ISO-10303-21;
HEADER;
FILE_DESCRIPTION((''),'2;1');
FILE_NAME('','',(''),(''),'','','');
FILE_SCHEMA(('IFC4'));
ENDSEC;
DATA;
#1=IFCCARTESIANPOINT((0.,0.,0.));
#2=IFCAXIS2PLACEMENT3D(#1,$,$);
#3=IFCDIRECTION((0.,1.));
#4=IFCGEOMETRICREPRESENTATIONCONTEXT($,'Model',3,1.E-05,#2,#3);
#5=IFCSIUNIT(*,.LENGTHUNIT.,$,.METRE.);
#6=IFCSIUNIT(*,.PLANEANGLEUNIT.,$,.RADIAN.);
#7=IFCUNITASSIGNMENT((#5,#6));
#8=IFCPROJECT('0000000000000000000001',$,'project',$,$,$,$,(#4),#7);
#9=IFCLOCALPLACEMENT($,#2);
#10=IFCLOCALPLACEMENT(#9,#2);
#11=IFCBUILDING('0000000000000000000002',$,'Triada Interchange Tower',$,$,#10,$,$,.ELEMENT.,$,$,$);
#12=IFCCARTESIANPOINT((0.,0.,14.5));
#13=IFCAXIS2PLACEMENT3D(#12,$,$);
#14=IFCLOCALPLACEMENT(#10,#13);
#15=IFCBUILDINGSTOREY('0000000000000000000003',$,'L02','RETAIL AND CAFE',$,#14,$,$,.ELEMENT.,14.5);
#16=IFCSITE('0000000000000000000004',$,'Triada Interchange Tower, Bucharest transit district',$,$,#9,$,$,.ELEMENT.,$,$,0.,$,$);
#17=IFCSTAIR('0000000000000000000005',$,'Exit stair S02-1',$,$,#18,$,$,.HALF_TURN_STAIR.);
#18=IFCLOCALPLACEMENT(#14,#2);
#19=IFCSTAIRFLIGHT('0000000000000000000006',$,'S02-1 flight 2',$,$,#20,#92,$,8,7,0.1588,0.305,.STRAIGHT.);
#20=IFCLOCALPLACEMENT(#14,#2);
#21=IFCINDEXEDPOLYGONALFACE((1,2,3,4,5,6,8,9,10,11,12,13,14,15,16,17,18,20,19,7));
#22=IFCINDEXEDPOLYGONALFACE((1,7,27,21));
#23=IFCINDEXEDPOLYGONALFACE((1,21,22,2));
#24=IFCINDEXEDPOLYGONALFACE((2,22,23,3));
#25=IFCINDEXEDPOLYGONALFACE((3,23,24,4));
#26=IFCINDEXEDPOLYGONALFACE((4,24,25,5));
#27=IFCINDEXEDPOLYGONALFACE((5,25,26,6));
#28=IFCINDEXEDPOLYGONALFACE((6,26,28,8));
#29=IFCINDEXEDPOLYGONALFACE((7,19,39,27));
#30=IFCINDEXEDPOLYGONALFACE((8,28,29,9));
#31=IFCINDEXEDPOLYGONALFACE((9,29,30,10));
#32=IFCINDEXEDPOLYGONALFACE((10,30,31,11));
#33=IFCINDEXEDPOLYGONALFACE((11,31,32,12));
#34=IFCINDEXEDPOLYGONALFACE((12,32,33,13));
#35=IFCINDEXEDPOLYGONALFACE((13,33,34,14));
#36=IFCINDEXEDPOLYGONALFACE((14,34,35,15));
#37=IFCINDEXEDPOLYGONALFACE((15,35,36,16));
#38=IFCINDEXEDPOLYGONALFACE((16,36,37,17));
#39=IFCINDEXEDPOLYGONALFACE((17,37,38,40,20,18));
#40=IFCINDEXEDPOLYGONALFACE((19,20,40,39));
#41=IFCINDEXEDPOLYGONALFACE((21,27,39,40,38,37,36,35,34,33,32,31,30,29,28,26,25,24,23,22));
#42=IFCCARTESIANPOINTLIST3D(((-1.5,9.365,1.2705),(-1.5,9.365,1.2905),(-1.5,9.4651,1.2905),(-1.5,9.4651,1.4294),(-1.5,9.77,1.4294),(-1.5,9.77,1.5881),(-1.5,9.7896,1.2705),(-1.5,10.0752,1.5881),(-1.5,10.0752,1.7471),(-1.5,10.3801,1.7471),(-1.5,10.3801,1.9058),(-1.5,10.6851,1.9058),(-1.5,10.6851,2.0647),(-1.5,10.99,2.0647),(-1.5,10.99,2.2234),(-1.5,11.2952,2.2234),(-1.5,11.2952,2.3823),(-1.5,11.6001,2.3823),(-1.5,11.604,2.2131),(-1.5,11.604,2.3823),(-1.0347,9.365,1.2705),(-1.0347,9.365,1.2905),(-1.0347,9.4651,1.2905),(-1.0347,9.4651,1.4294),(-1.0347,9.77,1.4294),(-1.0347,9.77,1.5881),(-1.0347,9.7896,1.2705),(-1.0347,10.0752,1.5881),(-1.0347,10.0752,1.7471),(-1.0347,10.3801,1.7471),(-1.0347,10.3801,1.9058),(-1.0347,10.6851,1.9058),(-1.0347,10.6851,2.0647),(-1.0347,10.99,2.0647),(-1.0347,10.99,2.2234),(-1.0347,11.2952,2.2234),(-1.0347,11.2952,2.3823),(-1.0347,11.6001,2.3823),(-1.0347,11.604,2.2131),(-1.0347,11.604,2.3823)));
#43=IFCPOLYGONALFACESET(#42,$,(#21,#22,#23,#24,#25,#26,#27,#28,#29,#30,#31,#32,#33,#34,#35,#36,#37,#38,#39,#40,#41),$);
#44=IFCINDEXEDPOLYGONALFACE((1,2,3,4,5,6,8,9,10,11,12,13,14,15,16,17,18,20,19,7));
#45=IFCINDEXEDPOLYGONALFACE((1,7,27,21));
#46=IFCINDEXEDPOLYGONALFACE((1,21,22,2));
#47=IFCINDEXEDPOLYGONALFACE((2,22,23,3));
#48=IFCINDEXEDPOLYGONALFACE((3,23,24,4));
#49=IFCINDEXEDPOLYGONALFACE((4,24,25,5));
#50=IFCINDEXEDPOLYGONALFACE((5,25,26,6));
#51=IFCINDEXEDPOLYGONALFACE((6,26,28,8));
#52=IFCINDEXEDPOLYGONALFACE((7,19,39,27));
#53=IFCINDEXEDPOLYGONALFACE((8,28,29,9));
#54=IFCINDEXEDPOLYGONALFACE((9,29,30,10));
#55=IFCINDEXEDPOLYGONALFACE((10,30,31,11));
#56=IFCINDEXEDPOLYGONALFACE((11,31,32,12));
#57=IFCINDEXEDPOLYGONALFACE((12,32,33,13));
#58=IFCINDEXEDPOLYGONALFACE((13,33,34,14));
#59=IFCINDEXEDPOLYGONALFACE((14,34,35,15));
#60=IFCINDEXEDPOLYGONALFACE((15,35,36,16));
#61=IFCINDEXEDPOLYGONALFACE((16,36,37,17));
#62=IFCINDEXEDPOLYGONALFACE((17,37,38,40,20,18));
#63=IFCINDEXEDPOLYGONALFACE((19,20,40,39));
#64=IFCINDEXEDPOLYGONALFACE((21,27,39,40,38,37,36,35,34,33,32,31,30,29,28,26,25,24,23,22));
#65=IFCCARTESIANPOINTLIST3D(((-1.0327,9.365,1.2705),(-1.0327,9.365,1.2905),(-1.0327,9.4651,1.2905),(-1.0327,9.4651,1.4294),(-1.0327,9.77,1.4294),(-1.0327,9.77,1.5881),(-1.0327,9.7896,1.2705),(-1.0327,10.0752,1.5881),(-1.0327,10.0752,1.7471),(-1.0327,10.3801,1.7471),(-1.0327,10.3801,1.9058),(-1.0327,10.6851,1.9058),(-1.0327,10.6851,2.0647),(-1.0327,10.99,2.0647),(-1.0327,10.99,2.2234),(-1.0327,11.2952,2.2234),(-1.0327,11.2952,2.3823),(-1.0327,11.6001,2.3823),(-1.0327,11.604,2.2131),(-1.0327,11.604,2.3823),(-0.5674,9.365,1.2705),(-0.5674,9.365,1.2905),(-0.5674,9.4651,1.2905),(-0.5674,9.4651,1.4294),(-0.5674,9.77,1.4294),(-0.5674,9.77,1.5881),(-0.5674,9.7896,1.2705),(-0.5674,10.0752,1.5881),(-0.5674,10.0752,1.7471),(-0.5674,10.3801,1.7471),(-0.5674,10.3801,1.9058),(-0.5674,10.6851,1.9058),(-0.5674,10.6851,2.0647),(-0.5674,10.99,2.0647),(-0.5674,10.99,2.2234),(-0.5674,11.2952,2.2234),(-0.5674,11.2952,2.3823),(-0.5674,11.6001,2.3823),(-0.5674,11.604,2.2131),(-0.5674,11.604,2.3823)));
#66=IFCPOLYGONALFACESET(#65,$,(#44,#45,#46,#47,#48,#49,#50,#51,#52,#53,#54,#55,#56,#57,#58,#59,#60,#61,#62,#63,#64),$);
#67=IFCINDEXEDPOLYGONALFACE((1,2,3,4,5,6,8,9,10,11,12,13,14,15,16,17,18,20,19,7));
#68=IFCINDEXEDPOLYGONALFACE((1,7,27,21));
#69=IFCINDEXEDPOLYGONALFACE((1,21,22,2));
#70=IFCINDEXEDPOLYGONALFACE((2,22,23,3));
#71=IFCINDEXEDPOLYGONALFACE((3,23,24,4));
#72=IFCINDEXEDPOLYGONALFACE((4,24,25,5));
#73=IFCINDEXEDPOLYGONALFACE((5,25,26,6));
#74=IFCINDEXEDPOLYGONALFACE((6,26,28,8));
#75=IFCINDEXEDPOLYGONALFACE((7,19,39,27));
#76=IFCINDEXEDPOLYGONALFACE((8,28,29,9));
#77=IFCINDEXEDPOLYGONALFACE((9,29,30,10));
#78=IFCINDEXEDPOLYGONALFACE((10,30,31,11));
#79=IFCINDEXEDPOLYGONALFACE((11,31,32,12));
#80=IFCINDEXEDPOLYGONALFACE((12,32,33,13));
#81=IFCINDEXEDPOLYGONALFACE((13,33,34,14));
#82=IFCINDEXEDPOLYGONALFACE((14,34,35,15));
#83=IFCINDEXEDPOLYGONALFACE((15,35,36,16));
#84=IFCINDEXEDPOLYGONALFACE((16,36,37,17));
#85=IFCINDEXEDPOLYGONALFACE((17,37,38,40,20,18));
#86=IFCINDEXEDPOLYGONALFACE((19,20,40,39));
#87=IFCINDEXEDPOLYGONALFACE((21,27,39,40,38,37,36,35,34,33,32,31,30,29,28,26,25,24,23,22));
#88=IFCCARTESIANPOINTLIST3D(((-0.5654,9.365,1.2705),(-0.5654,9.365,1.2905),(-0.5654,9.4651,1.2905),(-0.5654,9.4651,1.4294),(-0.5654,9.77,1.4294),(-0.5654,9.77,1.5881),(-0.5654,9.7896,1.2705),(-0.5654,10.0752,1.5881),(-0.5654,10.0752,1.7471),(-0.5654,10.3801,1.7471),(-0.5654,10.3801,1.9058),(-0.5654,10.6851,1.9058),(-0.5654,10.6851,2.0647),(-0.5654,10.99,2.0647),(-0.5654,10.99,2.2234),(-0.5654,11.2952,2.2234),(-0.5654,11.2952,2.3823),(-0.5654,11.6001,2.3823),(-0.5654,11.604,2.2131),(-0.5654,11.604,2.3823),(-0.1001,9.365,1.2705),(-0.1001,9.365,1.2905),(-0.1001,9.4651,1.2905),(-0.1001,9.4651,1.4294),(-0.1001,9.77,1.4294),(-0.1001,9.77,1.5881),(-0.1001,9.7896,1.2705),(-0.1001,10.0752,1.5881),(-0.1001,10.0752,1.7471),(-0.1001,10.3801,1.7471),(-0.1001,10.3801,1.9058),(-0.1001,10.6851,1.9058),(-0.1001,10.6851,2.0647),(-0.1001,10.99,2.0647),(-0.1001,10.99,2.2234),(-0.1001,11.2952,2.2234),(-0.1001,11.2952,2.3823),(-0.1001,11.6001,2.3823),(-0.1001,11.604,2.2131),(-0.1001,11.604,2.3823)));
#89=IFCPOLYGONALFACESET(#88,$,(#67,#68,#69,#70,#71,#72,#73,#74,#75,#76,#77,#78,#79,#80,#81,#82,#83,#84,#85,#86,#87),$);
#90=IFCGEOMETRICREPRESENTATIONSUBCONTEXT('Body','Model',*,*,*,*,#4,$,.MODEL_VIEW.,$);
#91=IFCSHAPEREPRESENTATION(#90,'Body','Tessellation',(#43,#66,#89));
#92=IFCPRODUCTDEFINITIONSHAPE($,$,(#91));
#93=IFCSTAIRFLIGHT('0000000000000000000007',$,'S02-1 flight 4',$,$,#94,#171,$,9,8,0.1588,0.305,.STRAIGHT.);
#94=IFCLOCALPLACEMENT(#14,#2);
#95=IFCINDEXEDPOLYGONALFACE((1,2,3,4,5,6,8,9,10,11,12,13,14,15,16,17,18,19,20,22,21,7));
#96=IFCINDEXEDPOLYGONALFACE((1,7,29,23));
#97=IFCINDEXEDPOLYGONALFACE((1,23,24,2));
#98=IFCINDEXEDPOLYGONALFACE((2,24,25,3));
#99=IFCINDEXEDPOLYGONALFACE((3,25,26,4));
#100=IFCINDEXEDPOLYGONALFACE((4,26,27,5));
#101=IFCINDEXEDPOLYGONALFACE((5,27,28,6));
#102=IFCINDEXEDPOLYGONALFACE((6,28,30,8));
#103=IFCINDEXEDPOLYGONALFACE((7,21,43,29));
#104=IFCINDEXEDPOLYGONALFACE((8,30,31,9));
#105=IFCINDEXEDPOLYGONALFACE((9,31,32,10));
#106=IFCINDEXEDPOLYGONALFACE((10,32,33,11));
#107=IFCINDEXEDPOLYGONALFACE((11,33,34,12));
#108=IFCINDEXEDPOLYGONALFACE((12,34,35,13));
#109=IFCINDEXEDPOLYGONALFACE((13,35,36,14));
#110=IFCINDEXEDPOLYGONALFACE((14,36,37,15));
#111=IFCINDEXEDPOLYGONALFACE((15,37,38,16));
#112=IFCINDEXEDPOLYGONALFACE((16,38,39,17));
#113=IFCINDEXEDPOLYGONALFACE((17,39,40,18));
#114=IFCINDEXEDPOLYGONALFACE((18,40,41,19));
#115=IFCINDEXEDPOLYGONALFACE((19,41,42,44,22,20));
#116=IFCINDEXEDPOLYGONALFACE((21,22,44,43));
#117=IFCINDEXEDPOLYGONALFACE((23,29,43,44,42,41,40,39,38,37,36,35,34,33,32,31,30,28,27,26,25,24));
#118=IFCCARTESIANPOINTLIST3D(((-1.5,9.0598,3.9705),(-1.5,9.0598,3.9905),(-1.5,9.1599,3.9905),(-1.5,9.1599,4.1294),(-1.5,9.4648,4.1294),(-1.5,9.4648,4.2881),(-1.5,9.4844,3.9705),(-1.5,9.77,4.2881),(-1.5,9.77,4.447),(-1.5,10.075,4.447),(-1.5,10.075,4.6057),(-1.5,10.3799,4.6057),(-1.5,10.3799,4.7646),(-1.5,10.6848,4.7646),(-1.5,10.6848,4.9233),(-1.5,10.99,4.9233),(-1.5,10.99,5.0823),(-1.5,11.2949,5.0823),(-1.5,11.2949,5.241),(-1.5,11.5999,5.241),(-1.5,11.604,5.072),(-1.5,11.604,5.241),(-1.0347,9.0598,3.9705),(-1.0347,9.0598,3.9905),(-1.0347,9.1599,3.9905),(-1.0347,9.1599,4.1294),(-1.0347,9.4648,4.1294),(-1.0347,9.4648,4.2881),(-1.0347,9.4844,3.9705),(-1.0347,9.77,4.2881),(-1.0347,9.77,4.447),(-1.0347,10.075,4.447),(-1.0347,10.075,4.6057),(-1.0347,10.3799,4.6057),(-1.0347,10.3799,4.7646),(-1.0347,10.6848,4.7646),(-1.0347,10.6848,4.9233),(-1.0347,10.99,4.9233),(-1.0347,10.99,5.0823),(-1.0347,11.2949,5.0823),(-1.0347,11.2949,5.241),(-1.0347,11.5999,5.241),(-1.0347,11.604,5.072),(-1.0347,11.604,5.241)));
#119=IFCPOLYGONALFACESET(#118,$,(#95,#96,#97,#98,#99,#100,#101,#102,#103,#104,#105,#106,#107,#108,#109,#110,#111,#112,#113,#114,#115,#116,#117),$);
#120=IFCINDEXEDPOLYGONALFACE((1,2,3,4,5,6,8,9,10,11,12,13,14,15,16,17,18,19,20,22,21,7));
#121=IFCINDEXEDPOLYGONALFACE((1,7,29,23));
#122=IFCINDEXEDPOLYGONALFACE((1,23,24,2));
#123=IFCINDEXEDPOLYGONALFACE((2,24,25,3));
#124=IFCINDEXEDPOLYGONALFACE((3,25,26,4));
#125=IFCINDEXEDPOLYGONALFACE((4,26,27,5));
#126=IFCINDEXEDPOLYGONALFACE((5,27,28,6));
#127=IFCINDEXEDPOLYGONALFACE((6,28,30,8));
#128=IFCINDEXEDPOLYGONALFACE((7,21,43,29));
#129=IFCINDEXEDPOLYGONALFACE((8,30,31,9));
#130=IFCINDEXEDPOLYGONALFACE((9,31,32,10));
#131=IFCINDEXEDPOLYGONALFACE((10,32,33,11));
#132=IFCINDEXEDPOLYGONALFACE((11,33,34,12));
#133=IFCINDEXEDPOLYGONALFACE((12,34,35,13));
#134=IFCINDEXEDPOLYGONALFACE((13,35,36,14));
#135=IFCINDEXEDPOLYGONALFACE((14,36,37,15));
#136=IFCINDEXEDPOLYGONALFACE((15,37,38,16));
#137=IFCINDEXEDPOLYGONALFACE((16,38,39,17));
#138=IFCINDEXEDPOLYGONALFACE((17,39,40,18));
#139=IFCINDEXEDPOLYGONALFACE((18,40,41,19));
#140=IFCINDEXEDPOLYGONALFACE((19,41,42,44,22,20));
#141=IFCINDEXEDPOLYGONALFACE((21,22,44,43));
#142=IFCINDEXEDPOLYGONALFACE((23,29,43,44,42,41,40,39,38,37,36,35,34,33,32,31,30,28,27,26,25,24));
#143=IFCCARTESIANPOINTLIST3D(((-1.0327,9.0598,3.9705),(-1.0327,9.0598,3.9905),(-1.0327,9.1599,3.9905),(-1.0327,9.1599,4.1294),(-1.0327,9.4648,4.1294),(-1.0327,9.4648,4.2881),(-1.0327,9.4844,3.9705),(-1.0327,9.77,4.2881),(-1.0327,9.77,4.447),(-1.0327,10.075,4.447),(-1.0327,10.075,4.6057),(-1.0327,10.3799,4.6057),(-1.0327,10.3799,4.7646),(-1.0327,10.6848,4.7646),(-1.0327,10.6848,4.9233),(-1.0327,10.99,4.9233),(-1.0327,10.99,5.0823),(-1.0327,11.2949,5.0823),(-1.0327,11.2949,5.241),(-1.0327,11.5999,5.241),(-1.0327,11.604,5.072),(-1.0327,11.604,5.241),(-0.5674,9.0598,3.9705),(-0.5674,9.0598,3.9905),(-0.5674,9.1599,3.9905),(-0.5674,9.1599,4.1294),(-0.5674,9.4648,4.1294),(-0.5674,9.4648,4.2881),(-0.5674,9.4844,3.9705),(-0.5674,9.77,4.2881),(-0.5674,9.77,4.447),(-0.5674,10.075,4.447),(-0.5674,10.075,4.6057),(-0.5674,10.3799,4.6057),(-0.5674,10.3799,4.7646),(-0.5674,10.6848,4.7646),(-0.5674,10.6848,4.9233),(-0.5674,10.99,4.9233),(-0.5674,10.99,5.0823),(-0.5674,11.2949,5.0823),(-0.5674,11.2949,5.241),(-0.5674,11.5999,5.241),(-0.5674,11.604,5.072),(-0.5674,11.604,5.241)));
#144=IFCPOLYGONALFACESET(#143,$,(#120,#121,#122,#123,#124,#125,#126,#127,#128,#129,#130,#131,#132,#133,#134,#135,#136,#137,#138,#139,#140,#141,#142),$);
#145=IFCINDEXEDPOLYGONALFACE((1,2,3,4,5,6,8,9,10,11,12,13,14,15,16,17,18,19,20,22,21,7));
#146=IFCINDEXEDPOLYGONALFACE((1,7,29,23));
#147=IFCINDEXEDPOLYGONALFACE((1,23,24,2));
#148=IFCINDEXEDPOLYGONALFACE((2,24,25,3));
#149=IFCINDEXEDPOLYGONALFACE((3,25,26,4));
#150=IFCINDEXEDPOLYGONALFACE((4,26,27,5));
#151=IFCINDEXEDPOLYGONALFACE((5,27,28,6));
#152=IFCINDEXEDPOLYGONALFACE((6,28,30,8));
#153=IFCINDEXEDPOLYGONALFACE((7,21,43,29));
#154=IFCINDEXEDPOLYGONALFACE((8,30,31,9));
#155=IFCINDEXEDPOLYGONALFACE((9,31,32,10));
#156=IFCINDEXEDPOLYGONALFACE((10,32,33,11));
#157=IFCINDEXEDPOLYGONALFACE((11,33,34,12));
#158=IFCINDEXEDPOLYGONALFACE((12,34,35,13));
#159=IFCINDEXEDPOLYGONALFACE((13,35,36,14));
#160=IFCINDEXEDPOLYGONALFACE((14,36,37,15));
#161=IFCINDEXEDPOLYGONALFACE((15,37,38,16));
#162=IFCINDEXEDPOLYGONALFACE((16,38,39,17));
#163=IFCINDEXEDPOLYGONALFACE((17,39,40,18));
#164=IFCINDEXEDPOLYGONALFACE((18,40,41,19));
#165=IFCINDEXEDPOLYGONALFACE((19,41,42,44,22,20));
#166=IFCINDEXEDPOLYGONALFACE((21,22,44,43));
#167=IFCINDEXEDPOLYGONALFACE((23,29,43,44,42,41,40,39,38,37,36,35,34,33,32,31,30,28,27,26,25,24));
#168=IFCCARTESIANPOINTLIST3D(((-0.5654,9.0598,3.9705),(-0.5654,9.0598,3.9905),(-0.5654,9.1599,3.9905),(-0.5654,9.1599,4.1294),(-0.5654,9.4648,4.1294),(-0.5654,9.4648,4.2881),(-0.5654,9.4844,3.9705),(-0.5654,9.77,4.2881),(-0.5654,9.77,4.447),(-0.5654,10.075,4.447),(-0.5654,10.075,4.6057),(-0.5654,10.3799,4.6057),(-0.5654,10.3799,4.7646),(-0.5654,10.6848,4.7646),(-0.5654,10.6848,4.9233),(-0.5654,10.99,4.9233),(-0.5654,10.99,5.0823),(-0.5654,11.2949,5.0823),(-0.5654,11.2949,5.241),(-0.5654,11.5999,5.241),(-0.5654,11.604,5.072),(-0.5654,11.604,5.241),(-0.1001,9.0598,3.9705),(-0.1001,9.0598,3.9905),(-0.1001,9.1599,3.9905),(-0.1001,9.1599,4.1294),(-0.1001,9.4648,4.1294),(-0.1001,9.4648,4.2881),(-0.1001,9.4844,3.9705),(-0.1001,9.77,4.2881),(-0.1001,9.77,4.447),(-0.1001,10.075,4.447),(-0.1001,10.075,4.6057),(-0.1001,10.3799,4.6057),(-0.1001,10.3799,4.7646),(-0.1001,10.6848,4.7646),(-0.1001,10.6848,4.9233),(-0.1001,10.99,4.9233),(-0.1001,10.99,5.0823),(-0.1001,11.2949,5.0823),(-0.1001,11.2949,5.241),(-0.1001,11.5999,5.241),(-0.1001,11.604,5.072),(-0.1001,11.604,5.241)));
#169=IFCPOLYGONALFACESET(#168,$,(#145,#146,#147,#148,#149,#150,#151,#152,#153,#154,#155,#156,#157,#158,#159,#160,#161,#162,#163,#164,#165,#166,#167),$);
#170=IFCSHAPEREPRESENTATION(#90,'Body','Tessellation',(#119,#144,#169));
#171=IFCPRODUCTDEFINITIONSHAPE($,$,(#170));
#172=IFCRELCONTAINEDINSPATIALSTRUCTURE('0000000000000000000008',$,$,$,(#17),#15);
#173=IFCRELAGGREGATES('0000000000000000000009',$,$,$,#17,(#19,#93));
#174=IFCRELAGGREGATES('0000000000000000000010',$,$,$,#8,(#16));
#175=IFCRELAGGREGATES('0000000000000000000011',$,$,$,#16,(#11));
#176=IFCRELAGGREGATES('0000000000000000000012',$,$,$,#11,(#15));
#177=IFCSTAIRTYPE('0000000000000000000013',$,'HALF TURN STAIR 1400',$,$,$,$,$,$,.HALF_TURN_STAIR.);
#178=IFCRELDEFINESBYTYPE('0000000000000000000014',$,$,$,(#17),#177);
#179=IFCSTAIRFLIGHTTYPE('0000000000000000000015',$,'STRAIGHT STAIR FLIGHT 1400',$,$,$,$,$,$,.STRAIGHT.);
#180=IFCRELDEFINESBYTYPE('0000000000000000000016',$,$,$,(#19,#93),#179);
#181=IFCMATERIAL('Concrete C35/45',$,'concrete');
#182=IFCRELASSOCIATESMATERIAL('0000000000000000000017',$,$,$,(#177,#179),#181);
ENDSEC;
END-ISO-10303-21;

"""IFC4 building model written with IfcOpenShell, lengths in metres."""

from ifc_helpers import new_model, si_unit, direction, frame, origin, place, context, subcontext, project, spatial, polyline, outline, extrude, material, type_object, element, aggregate, save


model = new_model("IFC4")

# Units and contexts
model_context = context("Model", 3, precision=1e-05, world=origin(), true_north=direction((0.0, 1.0)))
body_context = subcontext(model_context, "Body", "Model", "MODEL_VIEW")
ifc_project = project(units=[si_unit("LENGTHUNIT", "METRE"), si_unit("PLANEANGLEUNIT", "RADIAN")], contexts=[model_context])

# Site, building, storey
site_placement = place(None, origin())
site = spatial("IfcSite", under=ifc_project, at=site_placement, Name="Triada Interchange Tower, Bucharest transit district", CompositionType="ELEMENT", RefElevation=0.0)
building_placement = place(site_placement, origin())
building = spatial("IfcBuilding", under=site, at=building_placement, Name="Triada Interchange Tower", CompositionType="ELEMENT")
storey_placement = place(building_placement, frame((0.0, 0.0, 14.5)))
storey = spatial("IfcBuildingStorey", under=building, at=storey_placement, Name="L02", Description="RETAIL AND CAFE", CompositionType="ELEMENT", Elevation=14.5)

# Stair, stair flights
ifc_material_1 = material(Name="Concrete C35/45", Category="concrete")
stair_type = type_object("IfcStairType", Name="HALF TURN STAIR 1400", PredefinedType="HALF_TURN_STAIR", material=ifc_material_1)
stair_placement = place(storey_placement, origin())
stair = element("IfcStair", 1, at=stair_placement, inside=storey, type_object=stair_type, Name="Exit stair S02-1", PredefinedType="HALF_TURN_STAIR")
stair_flight_type = type_object("IfcStairFlightType", Name="STRAIGHT STAIR FLIGHT 1400", PredefinedType="STRAIGHT", material=ifc_material_1)
stair_flight_1_placement = place(storey_placement, frame((-0.8, 9.4651, 1.2705), z_axis=(0.0, 0.0, 1.0), x_axis=(0.0, 1.0, 0.0)))
stair_flight_1 = element("IfcStairFlight", 2, at=stair_flight_1_placement, type_object=stair_flight_type, Name="S02-1 flight 2", NumberOfRisers=8, NumberOfTreads=7, PredefinedType="STRAIGHT", RiserHeight=0.1588, TreadLength=0.305, context=body_context, shape_type="SweptSolid", body=[
    extrude(outline(polyline([(-0.1001, 0.0), (-0.1001, 0.02), (0.0, 0.02), (0.0, 0.1589), (0.3049, 0.1589), (0.3049, 0.3176), (0.6101, 0.3176), (0.6101, 0.4766), (0.915, 0.4766), (0.915, 0.6353), (1.22, 0.6353), (1.22, 0.7942), (1.5249, 0.7942), (1.5249, 0.9529), (1.8301, 0.9529), (1.8301, 1.1118), (2.135, 1.1118), (2.1389, 1.1118), (2.1389, 1.2705), (2.1389, 0.9426), (0.3245, 0.0), (-0.1001, 0.0)])), frame((0.0, 0.7, 0.0), z_axis=(0.0, -1.0, 0.0), x_axis=(1.0, 0.0, 0.0)), (0.0, 0.0, 1.0), 0.4653),
    extrude(outline(polyline([(-0.1001, 0.0), (-0.1001, 0.02), (0.0, 0.02), (0.0, 0.1589), (0.3049, 0.1589), (0.3049, 0.3176), (0.6101, 0.3176), (0.6101, 0.4766), (0.915, 0.4766), (0.915, 0.6353), (1.22, 0.6353), (1.22, 0.7942), (1.5249, 0.7942), (1.5249, 0.9529), (1.8301, 0.9529), (1.8301, 1.1118), (2.135, 1.1118), (2.1389, 1.1118), (2.1389, 1.2705), (2.1389, 0.9426), (0.3245, 0.0), (-0.1001, 0.0)])), frame((0.0, 0.2327, 0.0), z_axis=(0.0, -1.0, 0.0), x_axis=(1.0, 0.0, 0.0)), (0.0, 0.0, 1.0), 0.4653),
    extrude(outline(polyline([(-0.1001, 0.0), (-0.1001, 0.02), (0.0, 0.02), (0.0, 0.1589), (0.3049, 0.1589), (0.3049, 0.3176), (0.6101, 0.3176), (0.6101, 0.4766), (0.915, 0.4766), (0.915, 0.6353), (1.22, 0.6353), (1.22, 0.7942), (1.5249, 0.7942), (1.5249, 0.9529), (1.8301, 0.9529), (1.8301, 1.1118), (2.135, 1.1118), (2.1389, 1.1118), (2.1389, 1.2705), (2.1389, 0.9426), (0.3245, 0.0), (-0.1001, 0.0)])), frame((0.0, -0.2346, 0.0), z_axis=(0.0, -1.0, 0.0), x_axis=(1.0, 0.0, 0.0)), (0.0, 0.0, 1.0), 0.4653),
])
stair_flight_2_placement = place(storey_placement, frame((-0.8, 9.1599, 3.9705), z_axis=(0.0, 0.0, 1.0), x_axis=(0.0, 1.0, 0.0)))
stair_flight_2 = element("IfcStairFlight", 3, at=stair_flight_2_placement, type_object=stair_flight_type, Name="S02-1 flight 4", NumberOfRisers=9, NumberOfTreads=8, PredefinedType="STRAIGHT", RiserHeight=0.1588, TreadLength=0.305, context=body_context, shape_type="SweptSolid", body=[
    extrude(outline(polyline([(-0.1001, 0.0), (-0.1001, 0.02), (0.0, 0.02), (0.0, 0.1589), (0.3049, 0.1589), (0.3049, 0.3176), (0.6101, 0.3176), (0.6101, 0.4766), (0.915, 0.4766), (0.915, 0.6353), (1.22, 0.6353), (1.22, 0.7942), (1.5249, 0.7942), (1.5249, 0.9529), (1.8301, 0.9529), (1.8301, 1.1118), (2.135, 1.1118), (2.135, 1.2705), (2.4399, 1.2705), (2.4441, 1.2705), (2.4441, 1.4294), (2.4441, 1.1016), (0.3245, 0.0), (-0.1001, 0.0)])), frame((0.0, 0.7, 0.0), z_axis=(0.0, -1.0, 0.0), x_axis=(1.0, 0.0, 0.0)), (0.0, 0.0, 1.0), 0.4653),
    extrude(outline(polyline([(-0.1001, 0.0), (-0.1001, 0.02), (0.0, 0.02), (0.0, 0.1589), (0.3049, 0.1589), (0.3049, 0.3176), (0.6101, 0.3176), (0.6101, 0.4766), (0.915, 0.4766), (0.915, 0.6353), (1.22, 0.6353), (1.22, 0.7942), (1.5249, 0.7942), (1.5249, 0.9529), (1.8301, 0.9529), (1.8301, 1.1118), (2.135, 1.1118), (2.135, 1.2705), (2.4399, 1.2705), (2.4441, 1.2705), (2.4441, 1.4294), (2.4441, 1.1016), (0.3245, 0.0), (-0.1001, 0.0)])), frame((0.0, 0.2327, 0.0), z_axis=(0.0, -1.0, 0.0), x_axis=(1.0, 0.0, 0.0)), (0.0, 0.0, 1.0), 0.4653),
    extrude(outline(polyline([(-0.1001, 0.0), (-0.1001, 0.02), (0.0, 0.02), (0.0, 0.1589), (0.3049, 0.1589), (0.3049, 0.3176), (0.6101, 0.3176), (0.6101, 0.4766), (0.915, 0.4766), (0.915, 0.6353), (1.22, 0.6353), (1.22, 0.7942), (1.5249, 0.7942), (1.5249, 0.9529), (1.8301, 0.9529), (1.8301, 1.1118), (2.135, 1.1118), (2.135, 1.2705), (2.4399, 1.2705), (2.4441, 1.2705), (2.4441, 1.4294), (2.4441, 1.1016), (0.3245, 0.0), (-0.1001, 0.0)])), frame((0.0, -0.2346, 0.0), z_axis=(0.0, -1.0, 0.0), x_axis=(1.0, 0.0, 0.0)), (0.0, 0.0, 1.0), 0.4653),
])
aggregate(stair, [stair_flight_1, stair_flight_2])

save(model, "model.ifc")
